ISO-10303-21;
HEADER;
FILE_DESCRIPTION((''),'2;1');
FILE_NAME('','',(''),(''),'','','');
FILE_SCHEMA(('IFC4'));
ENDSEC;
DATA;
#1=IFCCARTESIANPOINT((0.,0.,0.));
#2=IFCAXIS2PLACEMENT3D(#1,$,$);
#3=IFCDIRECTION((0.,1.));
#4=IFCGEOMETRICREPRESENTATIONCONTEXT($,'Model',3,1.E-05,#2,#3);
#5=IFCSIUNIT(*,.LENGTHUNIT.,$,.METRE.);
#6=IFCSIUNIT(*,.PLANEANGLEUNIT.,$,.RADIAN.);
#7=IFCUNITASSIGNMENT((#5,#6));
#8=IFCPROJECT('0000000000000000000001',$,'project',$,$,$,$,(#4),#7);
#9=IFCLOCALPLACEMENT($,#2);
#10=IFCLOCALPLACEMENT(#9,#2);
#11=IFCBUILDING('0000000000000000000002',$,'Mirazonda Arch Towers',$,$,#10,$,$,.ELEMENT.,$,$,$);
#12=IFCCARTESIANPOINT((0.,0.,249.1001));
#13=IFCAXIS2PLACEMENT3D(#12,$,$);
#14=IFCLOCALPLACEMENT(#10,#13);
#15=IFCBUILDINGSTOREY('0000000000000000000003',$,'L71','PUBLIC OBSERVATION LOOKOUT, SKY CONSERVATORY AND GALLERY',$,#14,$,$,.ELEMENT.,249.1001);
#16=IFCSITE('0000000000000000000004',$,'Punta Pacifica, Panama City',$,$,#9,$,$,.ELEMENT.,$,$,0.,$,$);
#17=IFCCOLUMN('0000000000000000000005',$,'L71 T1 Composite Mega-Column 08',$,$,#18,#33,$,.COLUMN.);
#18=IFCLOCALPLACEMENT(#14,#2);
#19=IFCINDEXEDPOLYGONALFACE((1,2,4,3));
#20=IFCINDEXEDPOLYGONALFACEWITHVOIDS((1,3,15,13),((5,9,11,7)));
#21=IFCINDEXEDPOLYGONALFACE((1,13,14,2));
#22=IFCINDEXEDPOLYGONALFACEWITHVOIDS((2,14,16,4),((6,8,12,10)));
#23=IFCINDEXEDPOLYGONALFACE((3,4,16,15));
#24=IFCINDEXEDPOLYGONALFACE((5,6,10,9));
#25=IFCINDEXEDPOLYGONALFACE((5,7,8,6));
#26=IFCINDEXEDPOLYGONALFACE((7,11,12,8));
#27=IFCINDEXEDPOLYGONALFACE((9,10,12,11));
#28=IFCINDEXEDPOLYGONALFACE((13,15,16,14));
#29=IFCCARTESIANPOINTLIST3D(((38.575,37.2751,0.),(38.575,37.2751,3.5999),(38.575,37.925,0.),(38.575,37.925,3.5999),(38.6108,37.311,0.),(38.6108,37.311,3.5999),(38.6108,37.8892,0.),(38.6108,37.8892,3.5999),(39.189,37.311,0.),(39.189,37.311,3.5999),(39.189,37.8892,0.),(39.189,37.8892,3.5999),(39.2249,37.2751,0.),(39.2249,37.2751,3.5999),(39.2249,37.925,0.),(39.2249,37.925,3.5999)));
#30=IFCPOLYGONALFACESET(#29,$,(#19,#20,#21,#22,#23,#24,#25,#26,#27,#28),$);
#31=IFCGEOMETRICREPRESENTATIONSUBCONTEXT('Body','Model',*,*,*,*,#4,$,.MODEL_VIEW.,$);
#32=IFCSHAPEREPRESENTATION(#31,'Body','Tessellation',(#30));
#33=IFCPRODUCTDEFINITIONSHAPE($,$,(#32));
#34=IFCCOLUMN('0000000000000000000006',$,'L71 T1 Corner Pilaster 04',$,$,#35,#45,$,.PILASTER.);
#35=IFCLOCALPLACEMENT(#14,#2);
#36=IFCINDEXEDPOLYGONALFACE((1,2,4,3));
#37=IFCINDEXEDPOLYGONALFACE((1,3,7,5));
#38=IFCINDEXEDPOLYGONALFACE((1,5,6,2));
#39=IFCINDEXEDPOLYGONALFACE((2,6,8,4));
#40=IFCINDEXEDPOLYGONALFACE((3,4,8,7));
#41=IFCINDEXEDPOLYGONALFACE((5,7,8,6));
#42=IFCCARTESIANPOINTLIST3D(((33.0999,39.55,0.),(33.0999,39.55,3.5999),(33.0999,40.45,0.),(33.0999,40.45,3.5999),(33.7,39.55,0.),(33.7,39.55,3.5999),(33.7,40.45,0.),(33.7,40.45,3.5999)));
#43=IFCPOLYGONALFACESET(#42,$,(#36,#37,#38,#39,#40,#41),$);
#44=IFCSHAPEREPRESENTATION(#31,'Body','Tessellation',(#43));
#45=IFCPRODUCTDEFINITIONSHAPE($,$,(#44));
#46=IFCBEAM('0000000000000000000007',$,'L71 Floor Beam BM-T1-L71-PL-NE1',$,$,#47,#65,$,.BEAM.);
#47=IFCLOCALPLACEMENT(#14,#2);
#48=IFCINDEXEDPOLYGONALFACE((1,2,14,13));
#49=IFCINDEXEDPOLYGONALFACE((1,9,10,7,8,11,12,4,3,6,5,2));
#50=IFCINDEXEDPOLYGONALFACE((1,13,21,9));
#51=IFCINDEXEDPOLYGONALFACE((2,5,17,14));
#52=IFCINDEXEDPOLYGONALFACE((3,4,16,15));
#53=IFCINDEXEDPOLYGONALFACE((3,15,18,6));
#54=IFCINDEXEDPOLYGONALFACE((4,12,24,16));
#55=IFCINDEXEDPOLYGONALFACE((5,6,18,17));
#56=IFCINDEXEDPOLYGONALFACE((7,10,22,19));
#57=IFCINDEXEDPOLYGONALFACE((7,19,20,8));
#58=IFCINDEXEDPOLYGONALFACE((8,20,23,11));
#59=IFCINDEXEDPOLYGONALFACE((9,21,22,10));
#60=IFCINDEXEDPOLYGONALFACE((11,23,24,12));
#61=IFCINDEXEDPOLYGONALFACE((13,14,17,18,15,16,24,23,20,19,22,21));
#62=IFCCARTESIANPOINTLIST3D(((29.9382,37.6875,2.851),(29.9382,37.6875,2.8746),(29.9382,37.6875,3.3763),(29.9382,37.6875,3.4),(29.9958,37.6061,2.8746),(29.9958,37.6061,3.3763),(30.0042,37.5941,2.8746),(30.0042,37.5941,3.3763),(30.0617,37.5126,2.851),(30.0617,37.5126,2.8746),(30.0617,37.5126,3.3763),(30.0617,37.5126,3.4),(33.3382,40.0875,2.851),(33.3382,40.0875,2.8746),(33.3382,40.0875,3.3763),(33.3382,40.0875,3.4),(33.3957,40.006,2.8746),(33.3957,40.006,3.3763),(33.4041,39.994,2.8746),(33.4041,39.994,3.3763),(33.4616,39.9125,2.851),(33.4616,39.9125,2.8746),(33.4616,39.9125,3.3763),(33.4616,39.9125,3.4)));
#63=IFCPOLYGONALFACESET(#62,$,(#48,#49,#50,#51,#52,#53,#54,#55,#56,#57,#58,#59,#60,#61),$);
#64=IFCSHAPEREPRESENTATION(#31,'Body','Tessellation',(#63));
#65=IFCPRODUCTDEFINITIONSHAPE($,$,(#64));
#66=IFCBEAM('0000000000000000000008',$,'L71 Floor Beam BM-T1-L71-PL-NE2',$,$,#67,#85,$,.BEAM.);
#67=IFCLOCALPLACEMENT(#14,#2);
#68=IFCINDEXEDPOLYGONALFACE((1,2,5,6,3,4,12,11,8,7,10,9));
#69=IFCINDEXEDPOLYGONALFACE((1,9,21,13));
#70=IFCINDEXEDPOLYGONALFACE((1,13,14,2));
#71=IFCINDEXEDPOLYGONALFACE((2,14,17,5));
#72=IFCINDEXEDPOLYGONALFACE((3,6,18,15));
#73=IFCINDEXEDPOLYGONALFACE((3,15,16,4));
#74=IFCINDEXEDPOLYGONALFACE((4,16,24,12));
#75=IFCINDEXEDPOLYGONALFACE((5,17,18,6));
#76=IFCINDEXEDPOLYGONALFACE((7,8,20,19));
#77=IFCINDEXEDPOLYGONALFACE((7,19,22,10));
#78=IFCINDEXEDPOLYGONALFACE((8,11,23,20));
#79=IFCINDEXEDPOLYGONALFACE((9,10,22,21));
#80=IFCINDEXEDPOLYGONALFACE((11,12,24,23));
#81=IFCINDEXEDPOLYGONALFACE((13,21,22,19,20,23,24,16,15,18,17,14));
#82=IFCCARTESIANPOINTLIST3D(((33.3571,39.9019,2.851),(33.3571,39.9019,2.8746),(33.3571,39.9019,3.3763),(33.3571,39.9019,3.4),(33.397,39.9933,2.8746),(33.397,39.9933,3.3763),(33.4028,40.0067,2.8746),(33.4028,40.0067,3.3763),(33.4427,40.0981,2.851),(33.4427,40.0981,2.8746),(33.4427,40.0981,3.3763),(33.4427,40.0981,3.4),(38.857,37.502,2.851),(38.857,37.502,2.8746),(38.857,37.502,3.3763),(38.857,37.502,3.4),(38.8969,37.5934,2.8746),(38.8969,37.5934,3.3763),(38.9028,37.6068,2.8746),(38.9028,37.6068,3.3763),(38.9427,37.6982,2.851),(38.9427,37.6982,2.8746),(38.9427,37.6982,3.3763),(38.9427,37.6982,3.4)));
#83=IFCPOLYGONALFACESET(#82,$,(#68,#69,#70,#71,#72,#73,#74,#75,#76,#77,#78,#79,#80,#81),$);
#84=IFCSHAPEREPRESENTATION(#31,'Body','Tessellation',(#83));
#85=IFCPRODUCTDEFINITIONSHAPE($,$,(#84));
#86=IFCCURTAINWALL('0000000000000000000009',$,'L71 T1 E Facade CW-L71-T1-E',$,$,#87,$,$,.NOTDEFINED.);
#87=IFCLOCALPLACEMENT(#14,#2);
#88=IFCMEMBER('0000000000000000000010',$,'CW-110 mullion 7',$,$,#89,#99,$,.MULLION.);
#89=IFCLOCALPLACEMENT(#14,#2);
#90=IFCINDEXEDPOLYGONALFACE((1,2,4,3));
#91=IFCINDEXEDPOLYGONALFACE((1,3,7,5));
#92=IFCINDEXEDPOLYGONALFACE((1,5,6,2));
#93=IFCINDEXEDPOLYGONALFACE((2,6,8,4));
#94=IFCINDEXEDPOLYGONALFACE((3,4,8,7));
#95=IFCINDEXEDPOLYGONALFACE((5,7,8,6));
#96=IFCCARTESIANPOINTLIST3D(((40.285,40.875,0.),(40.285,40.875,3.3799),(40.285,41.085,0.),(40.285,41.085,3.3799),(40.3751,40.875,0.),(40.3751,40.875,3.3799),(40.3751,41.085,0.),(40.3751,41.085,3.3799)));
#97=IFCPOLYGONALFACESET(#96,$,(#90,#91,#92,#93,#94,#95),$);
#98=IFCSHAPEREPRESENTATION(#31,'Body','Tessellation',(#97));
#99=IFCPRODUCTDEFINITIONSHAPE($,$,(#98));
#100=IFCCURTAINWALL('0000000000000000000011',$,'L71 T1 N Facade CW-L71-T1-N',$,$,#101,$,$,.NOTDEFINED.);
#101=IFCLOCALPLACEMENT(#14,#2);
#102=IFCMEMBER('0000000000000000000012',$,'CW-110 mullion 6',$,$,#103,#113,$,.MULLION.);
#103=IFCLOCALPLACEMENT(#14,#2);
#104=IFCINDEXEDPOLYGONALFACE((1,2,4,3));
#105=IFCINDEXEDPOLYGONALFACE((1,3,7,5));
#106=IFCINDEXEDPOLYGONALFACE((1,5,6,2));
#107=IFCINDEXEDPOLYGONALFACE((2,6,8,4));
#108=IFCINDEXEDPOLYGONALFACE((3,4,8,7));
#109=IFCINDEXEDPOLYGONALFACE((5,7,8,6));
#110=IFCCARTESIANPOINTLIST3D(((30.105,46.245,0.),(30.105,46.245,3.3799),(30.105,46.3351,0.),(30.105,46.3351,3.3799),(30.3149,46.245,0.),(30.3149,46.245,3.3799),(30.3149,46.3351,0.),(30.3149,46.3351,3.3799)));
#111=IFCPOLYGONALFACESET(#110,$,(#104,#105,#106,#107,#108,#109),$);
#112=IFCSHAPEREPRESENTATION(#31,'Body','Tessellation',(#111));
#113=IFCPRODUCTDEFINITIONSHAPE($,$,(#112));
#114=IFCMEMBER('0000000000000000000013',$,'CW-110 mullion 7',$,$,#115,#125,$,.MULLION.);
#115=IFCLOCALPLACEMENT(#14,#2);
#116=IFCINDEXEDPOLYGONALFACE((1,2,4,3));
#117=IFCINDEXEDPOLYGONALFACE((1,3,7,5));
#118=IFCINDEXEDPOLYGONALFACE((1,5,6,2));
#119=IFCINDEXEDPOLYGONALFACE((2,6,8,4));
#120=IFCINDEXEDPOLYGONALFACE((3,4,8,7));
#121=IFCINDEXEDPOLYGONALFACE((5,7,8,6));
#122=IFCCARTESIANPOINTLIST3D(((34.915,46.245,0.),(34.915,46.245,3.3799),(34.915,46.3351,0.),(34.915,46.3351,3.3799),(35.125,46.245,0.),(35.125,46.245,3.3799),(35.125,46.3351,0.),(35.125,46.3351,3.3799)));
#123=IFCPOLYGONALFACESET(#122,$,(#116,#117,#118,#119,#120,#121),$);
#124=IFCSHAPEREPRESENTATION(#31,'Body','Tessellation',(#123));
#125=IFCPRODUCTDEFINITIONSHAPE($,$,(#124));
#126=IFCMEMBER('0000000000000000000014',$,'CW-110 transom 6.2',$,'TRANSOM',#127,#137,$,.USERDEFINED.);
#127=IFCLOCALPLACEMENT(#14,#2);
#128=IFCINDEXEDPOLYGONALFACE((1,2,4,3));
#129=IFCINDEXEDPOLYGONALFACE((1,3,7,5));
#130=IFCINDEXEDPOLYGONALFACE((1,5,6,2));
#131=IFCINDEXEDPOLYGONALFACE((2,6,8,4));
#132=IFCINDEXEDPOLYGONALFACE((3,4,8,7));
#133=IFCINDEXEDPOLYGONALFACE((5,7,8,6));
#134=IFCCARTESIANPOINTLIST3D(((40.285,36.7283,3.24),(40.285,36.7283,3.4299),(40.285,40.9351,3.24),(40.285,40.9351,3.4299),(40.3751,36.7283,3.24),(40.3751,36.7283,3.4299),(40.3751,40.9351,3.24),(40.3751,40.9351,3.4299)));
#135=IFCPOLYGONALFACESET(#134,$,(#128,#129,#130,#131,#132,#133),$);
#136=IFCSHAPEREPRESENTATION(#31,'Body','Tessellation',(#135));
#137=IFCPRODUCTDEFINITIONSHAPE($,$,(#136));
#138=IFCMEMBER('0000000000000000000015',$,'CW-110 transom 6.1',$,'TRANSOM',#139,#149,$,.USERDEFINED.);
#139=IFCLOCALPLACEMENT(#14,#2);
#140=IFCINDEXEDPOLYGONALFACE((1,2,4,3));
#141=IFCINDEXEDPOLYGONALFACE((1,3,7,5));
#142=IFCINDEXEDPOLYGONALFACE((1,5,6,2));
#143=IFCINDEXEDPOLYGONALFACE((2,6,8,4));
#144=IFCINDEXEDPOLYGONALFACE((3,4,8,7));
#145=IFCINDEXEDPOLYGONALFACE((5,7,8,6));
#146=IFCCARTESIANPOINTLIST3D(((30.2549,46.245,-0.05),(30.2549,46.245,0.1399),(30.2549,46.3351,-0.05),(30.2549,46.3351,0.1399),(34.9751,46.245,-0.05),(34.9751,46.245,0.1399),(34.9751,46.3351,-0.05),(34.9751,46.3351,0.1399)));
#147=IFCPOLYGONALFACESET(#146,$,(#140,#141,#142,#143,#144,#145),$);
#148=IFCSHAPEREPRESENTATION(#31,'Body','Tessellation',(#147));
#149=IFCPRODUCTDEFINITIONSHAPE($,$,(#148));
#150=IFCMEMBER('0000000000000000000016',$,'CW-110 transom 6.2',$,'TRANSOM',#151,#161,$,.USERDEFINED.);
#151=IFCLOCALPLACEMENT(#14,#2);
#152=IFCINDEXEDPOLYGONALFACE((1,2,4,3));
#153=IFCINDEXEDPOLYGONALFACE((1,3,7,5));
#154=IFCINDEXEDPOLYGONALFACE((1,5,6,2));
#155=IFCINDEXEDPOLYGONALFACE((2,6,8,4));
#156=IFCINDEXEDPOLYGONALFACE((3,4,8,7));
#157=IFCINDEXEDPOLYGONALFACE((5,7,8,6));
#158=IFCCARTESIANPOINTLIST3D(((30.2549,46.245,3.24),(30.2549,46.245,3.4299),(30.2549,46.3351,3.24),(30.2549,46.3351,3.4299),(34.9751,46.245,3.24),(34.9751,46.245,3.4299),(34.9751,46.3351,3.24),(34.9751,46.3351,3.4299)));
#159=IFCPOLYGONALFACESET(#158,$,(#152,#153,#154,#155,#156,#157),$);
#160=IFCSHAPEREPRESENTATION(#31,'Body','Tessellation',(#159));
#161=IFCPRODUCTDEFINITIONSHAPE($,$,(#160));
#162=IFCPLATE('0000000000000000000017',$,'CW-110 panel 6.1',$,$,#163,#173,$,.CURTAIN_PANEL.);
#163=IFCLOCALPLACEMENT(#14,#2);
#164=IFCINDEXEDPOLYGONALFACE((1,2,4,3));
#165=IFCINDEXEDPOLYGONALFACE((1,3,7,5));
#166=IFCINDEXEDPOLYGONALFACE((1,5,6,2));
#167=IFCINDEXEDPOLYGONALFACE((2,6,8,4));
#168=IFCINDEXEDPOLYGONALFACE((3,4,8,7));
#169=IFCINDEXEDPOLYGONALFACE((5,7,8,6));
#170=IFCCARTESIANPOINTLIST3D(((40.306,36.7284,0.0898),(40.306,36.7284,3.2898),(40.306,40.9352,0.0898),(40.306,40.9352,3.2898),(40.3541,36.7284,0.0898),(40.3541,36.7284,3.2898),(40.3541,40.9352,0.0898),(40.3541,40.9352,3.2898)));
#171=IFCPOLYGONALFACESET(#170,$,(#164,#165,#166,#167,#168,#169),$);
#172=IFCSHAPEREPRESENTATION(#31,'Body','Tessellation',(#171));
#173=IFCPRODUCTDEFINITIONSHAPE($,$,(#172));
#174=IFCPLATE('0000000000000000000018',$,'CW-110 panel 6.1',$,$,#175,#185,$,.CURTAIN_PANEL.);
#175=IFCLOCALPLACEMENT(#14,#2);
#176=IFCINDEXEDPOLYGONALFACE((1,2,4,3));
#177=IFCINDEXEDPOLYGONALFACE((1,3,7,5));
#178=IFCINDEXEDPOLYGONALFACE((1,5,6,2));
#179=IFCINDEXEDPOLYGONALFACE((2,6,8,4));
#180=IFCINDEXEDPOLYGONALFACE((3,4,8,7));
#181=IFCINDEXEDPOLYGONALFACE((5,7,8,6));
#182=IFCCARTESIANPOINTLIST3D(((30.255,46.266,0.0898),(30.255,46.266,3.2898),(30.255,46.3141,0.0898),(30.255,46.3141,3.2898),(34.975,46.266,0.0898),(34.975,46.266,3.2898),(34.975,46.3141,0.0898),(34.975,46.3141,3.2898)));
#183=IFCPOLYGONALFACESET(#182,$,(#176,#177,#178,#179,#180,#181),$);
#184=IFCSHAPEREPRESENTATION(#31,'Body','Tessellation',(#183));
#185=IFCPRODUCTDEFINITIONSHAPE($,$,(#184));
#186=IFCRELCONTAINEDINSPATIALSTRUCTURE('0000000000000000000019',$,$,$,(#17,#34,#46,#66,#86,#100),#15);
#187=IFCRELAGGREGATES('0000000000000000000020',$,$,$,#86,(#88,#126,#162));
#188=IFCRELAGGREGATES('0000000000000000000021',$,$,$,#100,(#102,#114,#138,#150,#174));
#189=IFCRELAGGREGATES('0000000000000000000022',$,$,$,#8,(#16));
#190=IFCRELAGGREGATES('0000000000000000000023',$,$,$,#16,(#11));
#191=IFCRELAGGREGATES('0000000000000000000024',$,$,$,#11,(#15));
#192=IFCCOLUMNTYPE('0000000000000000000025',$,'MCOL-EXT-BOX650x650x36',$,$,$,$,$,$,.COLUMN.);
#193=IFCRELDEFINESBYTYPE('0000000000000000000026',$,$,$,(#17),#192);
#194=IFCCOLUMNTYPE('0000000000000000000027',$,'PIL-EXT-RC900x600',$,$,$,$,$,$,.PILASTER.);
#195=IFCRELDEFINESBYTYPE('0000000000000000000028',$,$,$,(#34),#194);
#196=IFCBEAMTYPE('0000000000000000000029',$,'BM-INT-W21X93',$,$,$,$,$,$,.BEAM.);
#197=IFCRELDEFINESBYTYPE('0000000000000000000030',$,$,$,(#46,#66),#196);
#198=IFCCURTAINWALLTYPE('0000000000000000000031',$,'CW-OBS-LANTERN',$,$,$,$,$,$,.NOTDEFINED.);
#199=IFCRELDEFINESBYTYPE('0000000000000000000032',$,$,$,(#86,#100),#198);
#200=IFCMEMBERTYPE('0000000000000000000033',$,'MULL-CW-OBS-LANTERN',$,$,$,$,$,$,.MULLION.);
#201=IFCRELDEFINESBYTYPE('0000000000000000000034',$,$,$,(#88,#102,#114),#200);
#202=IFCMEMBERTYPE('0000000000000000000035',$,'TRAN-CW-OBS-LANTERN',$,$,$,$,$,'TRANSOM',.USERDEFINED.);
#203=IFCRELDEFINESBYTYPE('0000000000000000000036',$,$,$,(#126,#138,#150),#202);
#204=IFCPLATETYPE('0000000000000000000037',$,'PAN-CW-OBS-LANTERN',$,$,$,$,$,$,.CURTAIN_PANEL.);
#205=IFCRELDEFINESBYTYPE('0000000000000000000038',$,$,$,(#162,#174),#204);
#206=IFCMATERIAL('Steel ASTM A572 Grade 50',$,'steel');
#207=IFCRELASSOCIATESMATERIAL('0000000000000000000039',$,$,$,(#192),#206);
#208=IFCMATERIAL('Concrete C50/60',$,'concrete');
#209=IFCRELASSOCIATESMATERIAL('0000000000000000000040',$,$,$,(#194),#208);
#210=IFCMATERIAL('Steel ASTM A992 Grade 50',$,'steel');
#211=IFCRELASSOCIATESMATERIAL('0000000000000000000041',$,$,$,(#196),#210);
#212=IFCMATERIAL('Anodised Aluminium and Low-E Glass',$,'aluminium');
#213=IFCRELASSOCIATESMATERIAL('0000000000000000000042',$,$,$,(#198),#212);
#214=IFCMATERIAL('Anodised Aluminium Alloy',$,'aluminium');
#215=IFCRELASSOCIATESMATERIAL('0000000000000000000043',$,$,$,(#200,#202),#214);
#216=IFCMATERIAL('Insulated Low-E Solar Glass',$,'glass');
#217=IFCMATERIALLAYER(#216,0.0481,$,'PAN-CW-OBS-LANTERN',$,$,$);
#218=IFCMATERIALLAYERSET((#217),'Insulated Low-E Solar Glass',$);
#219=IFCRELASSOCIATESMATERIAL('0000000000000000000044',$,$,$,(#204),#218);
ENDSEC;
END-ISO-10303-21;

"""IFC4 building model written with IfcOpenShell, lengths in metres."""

from ifc_helpers import new_model, si_unit, direction, frame, origin, origin_2d, place, context, subcontext, project, spatial, rectangle, hollow_rectangle, i_section, extrude, material, layer, layer_set, material_profile, profile_set, type_object, element, aggregate, save


model = new_model("IFC4")

# Units and contexts
model_context = context("Model", 3, precision=1e-05, world=origin(), true_north=direction((0.0, 1.0)))
body_context = subcontext(model_context, "Body", "Model", "MODEL_VIEW")
ifc_project = project(units=[si_unit("LENGTHUNIT", "METRE"), si_unit("PLANEANGLEUNIT", "RADIAN")], contexts=[model_context])

# Site, building, storey
site_placement = place(None, origin())
site = spatial("IfcSite", under=ifc_project, at=site_placement, Name="Punta Pacifica, Panama City", CompositionType="ELEMENT", RefElevation=0.0)
building_placement = place(site_placement, origin())
building = spatial("IfcBuilding", under=site, at=building_placement, Name="Mirazonda Arch Towers", CompositionType="ELEMENT")
storey_placement = place(building_placement, frame((0.0, 0.0, 249.1001)))
storey = spatial("IfcBuildingStorey", under=building, at=storey_placement, Name="L71", Description="PUBLIC OBSERVATION LOOKOUT, SKY CONSERVATORY AND GALLERY", CompositionType="ELEMENT", Elevation=249.1001)

# Columns
ifc_material_1 = material(Name="Steel ASTM A572 Grade 50", Category="steel")
ifc_material_profile_1 = material_profile(ifc_material_1, hollow_rectangle(XDim=0.6499, YDim=0.6499, WallThickness=0.0359, at=origin_2d()), Name="BOX650x650x36")
ifc_profile_set_1 = profile_set([ifc_material_profile_1], Name="Steel ASTM A572 Grade 50")
column_type_1 = type_object("IfcColumnType", Name="MCOL-EXT-BOX650x650x36", PredefinedType="COLUMN", material=ifc_profile_set_1)
column_1_placement = place(storey_placement, frame((38.8999, 37.6001, 0.0), z_axis=(0.0, 0.0, 1.0), x_axis=(1.0, 0.0, 0.0)))
element("IfcColumn", 1, at=column_1_placement, inside=storey, type_object=column_type_1, Name="L71 T1 Composite Mega-Column 08", PredefinedType="COLUMN", context=body_context, shape_type="SweptSolid", body=[
    extrude(hollow_rectangle(XDim=0.6499, YDim=0.6499, WallThickness=0.0359, at=origin_2d()), origin(), (0.0, 0.0, 1.0), 3.5999),
])
ifc_material_2 = material(Name="Concrete C50/60", Category="concrete")
ifc_material_profile_2 = material_profile(ifc_material_2, rectangle(XDim=0.6001, YDim=0.8999, at=origin_2d()), Name="RC900x600")
ifc_profile_set_2 = profile_set([ifc_material_profile_2], Name="Concrete C50/60")
column_type_2 = type_object("IfcColumnType", Name="PIL-EXT-RC900x600", PredefinedType="PILASTER", material=ifc_profile_set_2)
column_2_placement = place(storey_placement, frame((33.3999, 40.0, 0.0), z_axis=(0.0, 0.0, 1.0), x_axis=(1.0, 0.0, 0.0)))
element("IfcColumn", 2, at=column_2_placement, inside=storey, type_object=column_type_2, Name="L71 T1 Corner Pilaster 04", PredefinedType="PILASTER", context=body_context, shape_type="SweptSolid", body=[
    extrude(rectangle(XDim=0.6001, YDim=0.8999, at=origin_2d()), origin(), (0.0, 0.0, 1.0), 3.5999),
])

# Beams
ifc_material_3 = material(Name="Steel ASTM A992 Grade 50", Category="steel")
ifc_material_profile_3 = material_profile(ifc_material_3, i_section(OverallWidth=0.2141, OverallDepth=0.5491, WebThickness=0.0146, FlangeThickness=0.0237, at=origin_2d()), Name="W21X93")
ifc_profile_set_3 = profile_set([ifc_material_profile_3], Name="Steel ASTM A992 Grade 50")
beam_type = type_object("IfcBeamType", Name="BM-INT-W21X93", PredefinedType="BEAM", material=ifc_profile_set_3)
beam_1_placement = place(storey_placement, frame((33.3999, 40.0, 3.1255), z_axis=(-0.816971, -0.576679, 0.0), x_axis=(0.576679, -0.816971, 0.0)))
element("IfcBeam", 3, at=beam_1_placement, inside=storey, type_object=beam_type, Name="L71 Floor Beam BM-T1-L71-PL-NE1", PredefinedType="BEAM", context=body_context, shape_type="SweptSolid", body=[
    extrude(i_section(OverallWidth=0.2141, OverallDepth=0.5491, WebThickness=0.0146, FlangeThickness=0.0237, at=origin_2d()), origin(), (0.0, 0.0, 1.0), 4.1616),
])
beam_2_placement = place(storey_placement, frame((33.3999, 40.0, 3.1255), z_axis=(0.916545, -0.399931, 0.0), x_axis=(0.399931, 0.916545, 0.0)))
element("IfcBeam", 4, at=beam_2_placement, inside=storey, type_object=beam_type, Name="L71 Floor Beam BM-T1-L71-PL-NE2", PredefinedType="BEAM", context=body_context, shape_type="SweptSolid", body=[
    extrude(i_section(OverallWidth=0.2141, OverallDepth=0.5491, WebThickness=0.0146, FlangeThickness=0.0237, at=origin_2d()), origin(), (0.0, 0.0, 1.0), 6.0007),
])

# Curtain wall, member
ifc_material_4 = material(Name="Anodised Aluminium and Low-E Glass", Category="aluminium")
curtain_wall_type = type_object("IfcCurtainWallType", Name="CW-OBS-LANTERN", PredefinedType="NOTDEFINED", material=ifc_material_4)
curtain_wall_1_placement = place(storey_placement, origin())
curtain_wall_1 = element("IfcCurtainWall", 5, at=curtain_wall_1_placement, inside=storey, type_object=curtain_wall_type, Name="L71 T1 E Facade CW-L71-T1-E", PredefinedType="NOTDEFINED")
ifc_material_5 = material(Name="Anodised Aluminium Alloy", Category="aluminium")
ifc_material_profile_4 = material_profile(ifc_material_5, rectangle(XDim=0.0901, YDim=0.21, at=origin_2d()), Name="ALU-MULL-90x210")
ifc_profile_set_4 = profile_set([ifc_material_profile_4], Name="Anodised Aluminium Alloy")
member_type_1 = type_object("IfcMemberType", Name="MULL-CW-OBS-LANTERN", PredefinedType="MULLION", material=ifc_profile_set_4)
member_1_placement = place(storey_placement, frame((40.3301, 40.98, 0.0), z_axis=(0.0, 0.0, 1.0), x_axis=(-1.0, 0.0, 0.0)))
member_1 = element("IfcMember", 6, at=member_1_placement, type_object=member_type_1, Name="CW-110 mullion 7", PredefinedType="MULLION", context=body_context, shape_type="SweptSolid", body=[
    extrude(rectangle(XDim=0.0901, YDim=0.21, at=origin_2d()), origin(), (0.0, 0.0, 1.0), 3.3799),
])

# Curtain wall, members
curtain_wall_2_placement = place(storey_placement, origin())
curtain_wall_2 = element("IfcCurtainWall", 7, at=curtain_wall_2_placement, inside=storey, type_object=curtain_wall_type, Name="L71 T1 N Facade CW-L71-T1-N", PredefinedType="NOTDEFINED")
member_2_placement = place(storey_placement, frame((30.21, 46.29, 0.0), z_axis=(0.0, 0.0, 1.0), x_axis=(0.0, 1.0, 0.0)))
member_2 = element("IfcMember", 8, at=member_2_placement, type_object=member_type_1, Name="CW-110 mullion 6", PredefinedType="MULLION", context=body_context, shape_type="SweptSolid", body=[
    extrude(rectangle(XDim=0.0901, YDim=0.21, at=origin_2d()), origin(), (0.0, 0.0, 1.0), 3.3799),
])
member_3_placement = place(storey_placement, frame((35.02, 46.29, 0.0), z_axis=(0.0, 0.0, 1.0), x_axis=(0.0, 1.0, 0.0)))
member_3 = element("IfcMember", 9, at=member_3_placement, type_object=member_type_1, Name="CW-110 mullion 7", PredefinedType="MULLION", context=body_context, shape_type="SweptSolid", body=[
    extrude(rectangle(XDim=0.0901, YDim=0.21, at=origin_2d()), origin(), (0.0, 0.0, 1.0), 3.3799),
])

# Members
ifc_material_profile_5 = material_profile(ifc_material_5, rectangle(XDim=0.0901, YDim=0.1899, at=origin_2d()), Name="ALU-TRAN-90x190")
ifc_profile_set_5 = profile_set([ifc_material_profile_5], Name="Anodised Aluminium Alloy")
member_type_2 = type_object("IfcMemberType", Name="TRAN-CW-OBS-LANTERN", ElementType="TRANSOM", PredefinedType="USERDEFINED", material=ifc_profile_set_5)
member_4_placement = place(storey_placement, frame((40.3301, 36.7283, 3.335), z_axis=(0.0, 1.0, 0.0), x_axis=(-1.0, 0.0, 0.0)))
member_4 = element("IfcMember", 10, at=member_4_placement, type_object=member_type_2, Name="CW-110 transom 6.2", ObjectType="TRANSOM", PredefinedType="USERDEFINED", context=body_context, shape_type="SweptSolid", body=[
    extrude(rectangle(XDim=0.0901, YDim=0.1899, at=origin_2d()), origin(), (0.0, 0.0, 1.0), 4.2068),
])
member_5_placement = place(storey_placement, frame((30.2549, 46.29, 0.0449), z_axis=(1.0, 0.0, 0.0), x_axis=(0.0, 1.0, 0.0)))
member_5 = element("IfcMember", 11, at=member_5_placement, type_object=member_type_2, Name="CW-110 transom 6.1", ObjectType="TRANSOM", PredefinedType="USERDEFINED", context=body_context, shape_type="SweptSolid", body=[
    extrude(rectangle(XDim=0.0901, YDim=0.1899, at=origin_2d()), origin(), (0.0, 0.0, 1.0), 4.7202),
])
member_6_placement = place(storey_placement, frame((30.2549, 46.29, 3.335), z_axis=(1.0, 0.0, 0.0), x_axis=(0.0, 1.0, 0.0)))
member_6 = element("IfcMember", 12, at=member_6_placement, type_object=member_type_2, Name="CW-110 transom 6.2", ObjectType="TRANSOM", PredefinedType="USERDEFINED", context=body_context, shape_type="SweptSolid", body=[
    extrude(rectangle(XDim=0.0901, YDim=0.1899, at=origin_2d()), origin(), (0.0, 0.0, 1.0), 4.7202),
])

# Plates
ifc_material_6 = material(Name="Insulated Low-E Solar Glass", Category="glass")
ifc_layer_1 = layer(ifc_material_6, 0.0481, Name="PAN-CW-OBS-LANTERN")
ifc_layer_set_1 = layer_set([ifc_layer_1], Name="Insulated Low-E Solar Glass")
plate_type = type_object("IfcPlateType", Name="PAN-CW-OBS-LANTERN", PredefinedType="CURTAIN_PANEL", material=ifc_layer_set_1)
plate_1_placement = place(storey_placement, frame((40.3301, 38.8318, 0.0898), z_axis=(0.0, 0.0, 1.0), x_axis=(0.0, 1.0, 0.0)))
plate_1 = element("IfcPlate", 13, at=plate_1_placement, type_object=plate_type, Name="CW-110 panel 6.1", PredefinedType="CURTAIN_PANEL", context=body_context, shape_type="SweptSolid", body=[
    extrude(rectangle(XDim=4.2068, YDim=0.0481, at=origin_2d()), origin(), (0.0, 0.0, 1.0), 3.2),
])
aggregate(curtain_wall_1, [member_1, member_4, plate_1])
plate_2_placement = place(storey_placement, frame((32.615, 46.29, 0.0898), z_axis=(0.0, 0.0, 1.0), x_axis=(1.0, 0.0, 0.0)))
plate_2 = element("IfcPlate", 14, at=plate_2_placement, type_object=plate_type, Name="CW-110 panel 6.1", PredefinedType="CURTAIN_PANEL", context=body_context, shape_type="SweptSolid", body=[
    extrude(rectangle(XDim=4.72, YDim=0.0481, at=origin_2d()), origin(), (0.0, 0.0, 1.0), 3.2),
])
aggregate(curtain_wall_2, [member_2, member_3, member_5, member_6, plate_2])

save(model, "model.ifc")
